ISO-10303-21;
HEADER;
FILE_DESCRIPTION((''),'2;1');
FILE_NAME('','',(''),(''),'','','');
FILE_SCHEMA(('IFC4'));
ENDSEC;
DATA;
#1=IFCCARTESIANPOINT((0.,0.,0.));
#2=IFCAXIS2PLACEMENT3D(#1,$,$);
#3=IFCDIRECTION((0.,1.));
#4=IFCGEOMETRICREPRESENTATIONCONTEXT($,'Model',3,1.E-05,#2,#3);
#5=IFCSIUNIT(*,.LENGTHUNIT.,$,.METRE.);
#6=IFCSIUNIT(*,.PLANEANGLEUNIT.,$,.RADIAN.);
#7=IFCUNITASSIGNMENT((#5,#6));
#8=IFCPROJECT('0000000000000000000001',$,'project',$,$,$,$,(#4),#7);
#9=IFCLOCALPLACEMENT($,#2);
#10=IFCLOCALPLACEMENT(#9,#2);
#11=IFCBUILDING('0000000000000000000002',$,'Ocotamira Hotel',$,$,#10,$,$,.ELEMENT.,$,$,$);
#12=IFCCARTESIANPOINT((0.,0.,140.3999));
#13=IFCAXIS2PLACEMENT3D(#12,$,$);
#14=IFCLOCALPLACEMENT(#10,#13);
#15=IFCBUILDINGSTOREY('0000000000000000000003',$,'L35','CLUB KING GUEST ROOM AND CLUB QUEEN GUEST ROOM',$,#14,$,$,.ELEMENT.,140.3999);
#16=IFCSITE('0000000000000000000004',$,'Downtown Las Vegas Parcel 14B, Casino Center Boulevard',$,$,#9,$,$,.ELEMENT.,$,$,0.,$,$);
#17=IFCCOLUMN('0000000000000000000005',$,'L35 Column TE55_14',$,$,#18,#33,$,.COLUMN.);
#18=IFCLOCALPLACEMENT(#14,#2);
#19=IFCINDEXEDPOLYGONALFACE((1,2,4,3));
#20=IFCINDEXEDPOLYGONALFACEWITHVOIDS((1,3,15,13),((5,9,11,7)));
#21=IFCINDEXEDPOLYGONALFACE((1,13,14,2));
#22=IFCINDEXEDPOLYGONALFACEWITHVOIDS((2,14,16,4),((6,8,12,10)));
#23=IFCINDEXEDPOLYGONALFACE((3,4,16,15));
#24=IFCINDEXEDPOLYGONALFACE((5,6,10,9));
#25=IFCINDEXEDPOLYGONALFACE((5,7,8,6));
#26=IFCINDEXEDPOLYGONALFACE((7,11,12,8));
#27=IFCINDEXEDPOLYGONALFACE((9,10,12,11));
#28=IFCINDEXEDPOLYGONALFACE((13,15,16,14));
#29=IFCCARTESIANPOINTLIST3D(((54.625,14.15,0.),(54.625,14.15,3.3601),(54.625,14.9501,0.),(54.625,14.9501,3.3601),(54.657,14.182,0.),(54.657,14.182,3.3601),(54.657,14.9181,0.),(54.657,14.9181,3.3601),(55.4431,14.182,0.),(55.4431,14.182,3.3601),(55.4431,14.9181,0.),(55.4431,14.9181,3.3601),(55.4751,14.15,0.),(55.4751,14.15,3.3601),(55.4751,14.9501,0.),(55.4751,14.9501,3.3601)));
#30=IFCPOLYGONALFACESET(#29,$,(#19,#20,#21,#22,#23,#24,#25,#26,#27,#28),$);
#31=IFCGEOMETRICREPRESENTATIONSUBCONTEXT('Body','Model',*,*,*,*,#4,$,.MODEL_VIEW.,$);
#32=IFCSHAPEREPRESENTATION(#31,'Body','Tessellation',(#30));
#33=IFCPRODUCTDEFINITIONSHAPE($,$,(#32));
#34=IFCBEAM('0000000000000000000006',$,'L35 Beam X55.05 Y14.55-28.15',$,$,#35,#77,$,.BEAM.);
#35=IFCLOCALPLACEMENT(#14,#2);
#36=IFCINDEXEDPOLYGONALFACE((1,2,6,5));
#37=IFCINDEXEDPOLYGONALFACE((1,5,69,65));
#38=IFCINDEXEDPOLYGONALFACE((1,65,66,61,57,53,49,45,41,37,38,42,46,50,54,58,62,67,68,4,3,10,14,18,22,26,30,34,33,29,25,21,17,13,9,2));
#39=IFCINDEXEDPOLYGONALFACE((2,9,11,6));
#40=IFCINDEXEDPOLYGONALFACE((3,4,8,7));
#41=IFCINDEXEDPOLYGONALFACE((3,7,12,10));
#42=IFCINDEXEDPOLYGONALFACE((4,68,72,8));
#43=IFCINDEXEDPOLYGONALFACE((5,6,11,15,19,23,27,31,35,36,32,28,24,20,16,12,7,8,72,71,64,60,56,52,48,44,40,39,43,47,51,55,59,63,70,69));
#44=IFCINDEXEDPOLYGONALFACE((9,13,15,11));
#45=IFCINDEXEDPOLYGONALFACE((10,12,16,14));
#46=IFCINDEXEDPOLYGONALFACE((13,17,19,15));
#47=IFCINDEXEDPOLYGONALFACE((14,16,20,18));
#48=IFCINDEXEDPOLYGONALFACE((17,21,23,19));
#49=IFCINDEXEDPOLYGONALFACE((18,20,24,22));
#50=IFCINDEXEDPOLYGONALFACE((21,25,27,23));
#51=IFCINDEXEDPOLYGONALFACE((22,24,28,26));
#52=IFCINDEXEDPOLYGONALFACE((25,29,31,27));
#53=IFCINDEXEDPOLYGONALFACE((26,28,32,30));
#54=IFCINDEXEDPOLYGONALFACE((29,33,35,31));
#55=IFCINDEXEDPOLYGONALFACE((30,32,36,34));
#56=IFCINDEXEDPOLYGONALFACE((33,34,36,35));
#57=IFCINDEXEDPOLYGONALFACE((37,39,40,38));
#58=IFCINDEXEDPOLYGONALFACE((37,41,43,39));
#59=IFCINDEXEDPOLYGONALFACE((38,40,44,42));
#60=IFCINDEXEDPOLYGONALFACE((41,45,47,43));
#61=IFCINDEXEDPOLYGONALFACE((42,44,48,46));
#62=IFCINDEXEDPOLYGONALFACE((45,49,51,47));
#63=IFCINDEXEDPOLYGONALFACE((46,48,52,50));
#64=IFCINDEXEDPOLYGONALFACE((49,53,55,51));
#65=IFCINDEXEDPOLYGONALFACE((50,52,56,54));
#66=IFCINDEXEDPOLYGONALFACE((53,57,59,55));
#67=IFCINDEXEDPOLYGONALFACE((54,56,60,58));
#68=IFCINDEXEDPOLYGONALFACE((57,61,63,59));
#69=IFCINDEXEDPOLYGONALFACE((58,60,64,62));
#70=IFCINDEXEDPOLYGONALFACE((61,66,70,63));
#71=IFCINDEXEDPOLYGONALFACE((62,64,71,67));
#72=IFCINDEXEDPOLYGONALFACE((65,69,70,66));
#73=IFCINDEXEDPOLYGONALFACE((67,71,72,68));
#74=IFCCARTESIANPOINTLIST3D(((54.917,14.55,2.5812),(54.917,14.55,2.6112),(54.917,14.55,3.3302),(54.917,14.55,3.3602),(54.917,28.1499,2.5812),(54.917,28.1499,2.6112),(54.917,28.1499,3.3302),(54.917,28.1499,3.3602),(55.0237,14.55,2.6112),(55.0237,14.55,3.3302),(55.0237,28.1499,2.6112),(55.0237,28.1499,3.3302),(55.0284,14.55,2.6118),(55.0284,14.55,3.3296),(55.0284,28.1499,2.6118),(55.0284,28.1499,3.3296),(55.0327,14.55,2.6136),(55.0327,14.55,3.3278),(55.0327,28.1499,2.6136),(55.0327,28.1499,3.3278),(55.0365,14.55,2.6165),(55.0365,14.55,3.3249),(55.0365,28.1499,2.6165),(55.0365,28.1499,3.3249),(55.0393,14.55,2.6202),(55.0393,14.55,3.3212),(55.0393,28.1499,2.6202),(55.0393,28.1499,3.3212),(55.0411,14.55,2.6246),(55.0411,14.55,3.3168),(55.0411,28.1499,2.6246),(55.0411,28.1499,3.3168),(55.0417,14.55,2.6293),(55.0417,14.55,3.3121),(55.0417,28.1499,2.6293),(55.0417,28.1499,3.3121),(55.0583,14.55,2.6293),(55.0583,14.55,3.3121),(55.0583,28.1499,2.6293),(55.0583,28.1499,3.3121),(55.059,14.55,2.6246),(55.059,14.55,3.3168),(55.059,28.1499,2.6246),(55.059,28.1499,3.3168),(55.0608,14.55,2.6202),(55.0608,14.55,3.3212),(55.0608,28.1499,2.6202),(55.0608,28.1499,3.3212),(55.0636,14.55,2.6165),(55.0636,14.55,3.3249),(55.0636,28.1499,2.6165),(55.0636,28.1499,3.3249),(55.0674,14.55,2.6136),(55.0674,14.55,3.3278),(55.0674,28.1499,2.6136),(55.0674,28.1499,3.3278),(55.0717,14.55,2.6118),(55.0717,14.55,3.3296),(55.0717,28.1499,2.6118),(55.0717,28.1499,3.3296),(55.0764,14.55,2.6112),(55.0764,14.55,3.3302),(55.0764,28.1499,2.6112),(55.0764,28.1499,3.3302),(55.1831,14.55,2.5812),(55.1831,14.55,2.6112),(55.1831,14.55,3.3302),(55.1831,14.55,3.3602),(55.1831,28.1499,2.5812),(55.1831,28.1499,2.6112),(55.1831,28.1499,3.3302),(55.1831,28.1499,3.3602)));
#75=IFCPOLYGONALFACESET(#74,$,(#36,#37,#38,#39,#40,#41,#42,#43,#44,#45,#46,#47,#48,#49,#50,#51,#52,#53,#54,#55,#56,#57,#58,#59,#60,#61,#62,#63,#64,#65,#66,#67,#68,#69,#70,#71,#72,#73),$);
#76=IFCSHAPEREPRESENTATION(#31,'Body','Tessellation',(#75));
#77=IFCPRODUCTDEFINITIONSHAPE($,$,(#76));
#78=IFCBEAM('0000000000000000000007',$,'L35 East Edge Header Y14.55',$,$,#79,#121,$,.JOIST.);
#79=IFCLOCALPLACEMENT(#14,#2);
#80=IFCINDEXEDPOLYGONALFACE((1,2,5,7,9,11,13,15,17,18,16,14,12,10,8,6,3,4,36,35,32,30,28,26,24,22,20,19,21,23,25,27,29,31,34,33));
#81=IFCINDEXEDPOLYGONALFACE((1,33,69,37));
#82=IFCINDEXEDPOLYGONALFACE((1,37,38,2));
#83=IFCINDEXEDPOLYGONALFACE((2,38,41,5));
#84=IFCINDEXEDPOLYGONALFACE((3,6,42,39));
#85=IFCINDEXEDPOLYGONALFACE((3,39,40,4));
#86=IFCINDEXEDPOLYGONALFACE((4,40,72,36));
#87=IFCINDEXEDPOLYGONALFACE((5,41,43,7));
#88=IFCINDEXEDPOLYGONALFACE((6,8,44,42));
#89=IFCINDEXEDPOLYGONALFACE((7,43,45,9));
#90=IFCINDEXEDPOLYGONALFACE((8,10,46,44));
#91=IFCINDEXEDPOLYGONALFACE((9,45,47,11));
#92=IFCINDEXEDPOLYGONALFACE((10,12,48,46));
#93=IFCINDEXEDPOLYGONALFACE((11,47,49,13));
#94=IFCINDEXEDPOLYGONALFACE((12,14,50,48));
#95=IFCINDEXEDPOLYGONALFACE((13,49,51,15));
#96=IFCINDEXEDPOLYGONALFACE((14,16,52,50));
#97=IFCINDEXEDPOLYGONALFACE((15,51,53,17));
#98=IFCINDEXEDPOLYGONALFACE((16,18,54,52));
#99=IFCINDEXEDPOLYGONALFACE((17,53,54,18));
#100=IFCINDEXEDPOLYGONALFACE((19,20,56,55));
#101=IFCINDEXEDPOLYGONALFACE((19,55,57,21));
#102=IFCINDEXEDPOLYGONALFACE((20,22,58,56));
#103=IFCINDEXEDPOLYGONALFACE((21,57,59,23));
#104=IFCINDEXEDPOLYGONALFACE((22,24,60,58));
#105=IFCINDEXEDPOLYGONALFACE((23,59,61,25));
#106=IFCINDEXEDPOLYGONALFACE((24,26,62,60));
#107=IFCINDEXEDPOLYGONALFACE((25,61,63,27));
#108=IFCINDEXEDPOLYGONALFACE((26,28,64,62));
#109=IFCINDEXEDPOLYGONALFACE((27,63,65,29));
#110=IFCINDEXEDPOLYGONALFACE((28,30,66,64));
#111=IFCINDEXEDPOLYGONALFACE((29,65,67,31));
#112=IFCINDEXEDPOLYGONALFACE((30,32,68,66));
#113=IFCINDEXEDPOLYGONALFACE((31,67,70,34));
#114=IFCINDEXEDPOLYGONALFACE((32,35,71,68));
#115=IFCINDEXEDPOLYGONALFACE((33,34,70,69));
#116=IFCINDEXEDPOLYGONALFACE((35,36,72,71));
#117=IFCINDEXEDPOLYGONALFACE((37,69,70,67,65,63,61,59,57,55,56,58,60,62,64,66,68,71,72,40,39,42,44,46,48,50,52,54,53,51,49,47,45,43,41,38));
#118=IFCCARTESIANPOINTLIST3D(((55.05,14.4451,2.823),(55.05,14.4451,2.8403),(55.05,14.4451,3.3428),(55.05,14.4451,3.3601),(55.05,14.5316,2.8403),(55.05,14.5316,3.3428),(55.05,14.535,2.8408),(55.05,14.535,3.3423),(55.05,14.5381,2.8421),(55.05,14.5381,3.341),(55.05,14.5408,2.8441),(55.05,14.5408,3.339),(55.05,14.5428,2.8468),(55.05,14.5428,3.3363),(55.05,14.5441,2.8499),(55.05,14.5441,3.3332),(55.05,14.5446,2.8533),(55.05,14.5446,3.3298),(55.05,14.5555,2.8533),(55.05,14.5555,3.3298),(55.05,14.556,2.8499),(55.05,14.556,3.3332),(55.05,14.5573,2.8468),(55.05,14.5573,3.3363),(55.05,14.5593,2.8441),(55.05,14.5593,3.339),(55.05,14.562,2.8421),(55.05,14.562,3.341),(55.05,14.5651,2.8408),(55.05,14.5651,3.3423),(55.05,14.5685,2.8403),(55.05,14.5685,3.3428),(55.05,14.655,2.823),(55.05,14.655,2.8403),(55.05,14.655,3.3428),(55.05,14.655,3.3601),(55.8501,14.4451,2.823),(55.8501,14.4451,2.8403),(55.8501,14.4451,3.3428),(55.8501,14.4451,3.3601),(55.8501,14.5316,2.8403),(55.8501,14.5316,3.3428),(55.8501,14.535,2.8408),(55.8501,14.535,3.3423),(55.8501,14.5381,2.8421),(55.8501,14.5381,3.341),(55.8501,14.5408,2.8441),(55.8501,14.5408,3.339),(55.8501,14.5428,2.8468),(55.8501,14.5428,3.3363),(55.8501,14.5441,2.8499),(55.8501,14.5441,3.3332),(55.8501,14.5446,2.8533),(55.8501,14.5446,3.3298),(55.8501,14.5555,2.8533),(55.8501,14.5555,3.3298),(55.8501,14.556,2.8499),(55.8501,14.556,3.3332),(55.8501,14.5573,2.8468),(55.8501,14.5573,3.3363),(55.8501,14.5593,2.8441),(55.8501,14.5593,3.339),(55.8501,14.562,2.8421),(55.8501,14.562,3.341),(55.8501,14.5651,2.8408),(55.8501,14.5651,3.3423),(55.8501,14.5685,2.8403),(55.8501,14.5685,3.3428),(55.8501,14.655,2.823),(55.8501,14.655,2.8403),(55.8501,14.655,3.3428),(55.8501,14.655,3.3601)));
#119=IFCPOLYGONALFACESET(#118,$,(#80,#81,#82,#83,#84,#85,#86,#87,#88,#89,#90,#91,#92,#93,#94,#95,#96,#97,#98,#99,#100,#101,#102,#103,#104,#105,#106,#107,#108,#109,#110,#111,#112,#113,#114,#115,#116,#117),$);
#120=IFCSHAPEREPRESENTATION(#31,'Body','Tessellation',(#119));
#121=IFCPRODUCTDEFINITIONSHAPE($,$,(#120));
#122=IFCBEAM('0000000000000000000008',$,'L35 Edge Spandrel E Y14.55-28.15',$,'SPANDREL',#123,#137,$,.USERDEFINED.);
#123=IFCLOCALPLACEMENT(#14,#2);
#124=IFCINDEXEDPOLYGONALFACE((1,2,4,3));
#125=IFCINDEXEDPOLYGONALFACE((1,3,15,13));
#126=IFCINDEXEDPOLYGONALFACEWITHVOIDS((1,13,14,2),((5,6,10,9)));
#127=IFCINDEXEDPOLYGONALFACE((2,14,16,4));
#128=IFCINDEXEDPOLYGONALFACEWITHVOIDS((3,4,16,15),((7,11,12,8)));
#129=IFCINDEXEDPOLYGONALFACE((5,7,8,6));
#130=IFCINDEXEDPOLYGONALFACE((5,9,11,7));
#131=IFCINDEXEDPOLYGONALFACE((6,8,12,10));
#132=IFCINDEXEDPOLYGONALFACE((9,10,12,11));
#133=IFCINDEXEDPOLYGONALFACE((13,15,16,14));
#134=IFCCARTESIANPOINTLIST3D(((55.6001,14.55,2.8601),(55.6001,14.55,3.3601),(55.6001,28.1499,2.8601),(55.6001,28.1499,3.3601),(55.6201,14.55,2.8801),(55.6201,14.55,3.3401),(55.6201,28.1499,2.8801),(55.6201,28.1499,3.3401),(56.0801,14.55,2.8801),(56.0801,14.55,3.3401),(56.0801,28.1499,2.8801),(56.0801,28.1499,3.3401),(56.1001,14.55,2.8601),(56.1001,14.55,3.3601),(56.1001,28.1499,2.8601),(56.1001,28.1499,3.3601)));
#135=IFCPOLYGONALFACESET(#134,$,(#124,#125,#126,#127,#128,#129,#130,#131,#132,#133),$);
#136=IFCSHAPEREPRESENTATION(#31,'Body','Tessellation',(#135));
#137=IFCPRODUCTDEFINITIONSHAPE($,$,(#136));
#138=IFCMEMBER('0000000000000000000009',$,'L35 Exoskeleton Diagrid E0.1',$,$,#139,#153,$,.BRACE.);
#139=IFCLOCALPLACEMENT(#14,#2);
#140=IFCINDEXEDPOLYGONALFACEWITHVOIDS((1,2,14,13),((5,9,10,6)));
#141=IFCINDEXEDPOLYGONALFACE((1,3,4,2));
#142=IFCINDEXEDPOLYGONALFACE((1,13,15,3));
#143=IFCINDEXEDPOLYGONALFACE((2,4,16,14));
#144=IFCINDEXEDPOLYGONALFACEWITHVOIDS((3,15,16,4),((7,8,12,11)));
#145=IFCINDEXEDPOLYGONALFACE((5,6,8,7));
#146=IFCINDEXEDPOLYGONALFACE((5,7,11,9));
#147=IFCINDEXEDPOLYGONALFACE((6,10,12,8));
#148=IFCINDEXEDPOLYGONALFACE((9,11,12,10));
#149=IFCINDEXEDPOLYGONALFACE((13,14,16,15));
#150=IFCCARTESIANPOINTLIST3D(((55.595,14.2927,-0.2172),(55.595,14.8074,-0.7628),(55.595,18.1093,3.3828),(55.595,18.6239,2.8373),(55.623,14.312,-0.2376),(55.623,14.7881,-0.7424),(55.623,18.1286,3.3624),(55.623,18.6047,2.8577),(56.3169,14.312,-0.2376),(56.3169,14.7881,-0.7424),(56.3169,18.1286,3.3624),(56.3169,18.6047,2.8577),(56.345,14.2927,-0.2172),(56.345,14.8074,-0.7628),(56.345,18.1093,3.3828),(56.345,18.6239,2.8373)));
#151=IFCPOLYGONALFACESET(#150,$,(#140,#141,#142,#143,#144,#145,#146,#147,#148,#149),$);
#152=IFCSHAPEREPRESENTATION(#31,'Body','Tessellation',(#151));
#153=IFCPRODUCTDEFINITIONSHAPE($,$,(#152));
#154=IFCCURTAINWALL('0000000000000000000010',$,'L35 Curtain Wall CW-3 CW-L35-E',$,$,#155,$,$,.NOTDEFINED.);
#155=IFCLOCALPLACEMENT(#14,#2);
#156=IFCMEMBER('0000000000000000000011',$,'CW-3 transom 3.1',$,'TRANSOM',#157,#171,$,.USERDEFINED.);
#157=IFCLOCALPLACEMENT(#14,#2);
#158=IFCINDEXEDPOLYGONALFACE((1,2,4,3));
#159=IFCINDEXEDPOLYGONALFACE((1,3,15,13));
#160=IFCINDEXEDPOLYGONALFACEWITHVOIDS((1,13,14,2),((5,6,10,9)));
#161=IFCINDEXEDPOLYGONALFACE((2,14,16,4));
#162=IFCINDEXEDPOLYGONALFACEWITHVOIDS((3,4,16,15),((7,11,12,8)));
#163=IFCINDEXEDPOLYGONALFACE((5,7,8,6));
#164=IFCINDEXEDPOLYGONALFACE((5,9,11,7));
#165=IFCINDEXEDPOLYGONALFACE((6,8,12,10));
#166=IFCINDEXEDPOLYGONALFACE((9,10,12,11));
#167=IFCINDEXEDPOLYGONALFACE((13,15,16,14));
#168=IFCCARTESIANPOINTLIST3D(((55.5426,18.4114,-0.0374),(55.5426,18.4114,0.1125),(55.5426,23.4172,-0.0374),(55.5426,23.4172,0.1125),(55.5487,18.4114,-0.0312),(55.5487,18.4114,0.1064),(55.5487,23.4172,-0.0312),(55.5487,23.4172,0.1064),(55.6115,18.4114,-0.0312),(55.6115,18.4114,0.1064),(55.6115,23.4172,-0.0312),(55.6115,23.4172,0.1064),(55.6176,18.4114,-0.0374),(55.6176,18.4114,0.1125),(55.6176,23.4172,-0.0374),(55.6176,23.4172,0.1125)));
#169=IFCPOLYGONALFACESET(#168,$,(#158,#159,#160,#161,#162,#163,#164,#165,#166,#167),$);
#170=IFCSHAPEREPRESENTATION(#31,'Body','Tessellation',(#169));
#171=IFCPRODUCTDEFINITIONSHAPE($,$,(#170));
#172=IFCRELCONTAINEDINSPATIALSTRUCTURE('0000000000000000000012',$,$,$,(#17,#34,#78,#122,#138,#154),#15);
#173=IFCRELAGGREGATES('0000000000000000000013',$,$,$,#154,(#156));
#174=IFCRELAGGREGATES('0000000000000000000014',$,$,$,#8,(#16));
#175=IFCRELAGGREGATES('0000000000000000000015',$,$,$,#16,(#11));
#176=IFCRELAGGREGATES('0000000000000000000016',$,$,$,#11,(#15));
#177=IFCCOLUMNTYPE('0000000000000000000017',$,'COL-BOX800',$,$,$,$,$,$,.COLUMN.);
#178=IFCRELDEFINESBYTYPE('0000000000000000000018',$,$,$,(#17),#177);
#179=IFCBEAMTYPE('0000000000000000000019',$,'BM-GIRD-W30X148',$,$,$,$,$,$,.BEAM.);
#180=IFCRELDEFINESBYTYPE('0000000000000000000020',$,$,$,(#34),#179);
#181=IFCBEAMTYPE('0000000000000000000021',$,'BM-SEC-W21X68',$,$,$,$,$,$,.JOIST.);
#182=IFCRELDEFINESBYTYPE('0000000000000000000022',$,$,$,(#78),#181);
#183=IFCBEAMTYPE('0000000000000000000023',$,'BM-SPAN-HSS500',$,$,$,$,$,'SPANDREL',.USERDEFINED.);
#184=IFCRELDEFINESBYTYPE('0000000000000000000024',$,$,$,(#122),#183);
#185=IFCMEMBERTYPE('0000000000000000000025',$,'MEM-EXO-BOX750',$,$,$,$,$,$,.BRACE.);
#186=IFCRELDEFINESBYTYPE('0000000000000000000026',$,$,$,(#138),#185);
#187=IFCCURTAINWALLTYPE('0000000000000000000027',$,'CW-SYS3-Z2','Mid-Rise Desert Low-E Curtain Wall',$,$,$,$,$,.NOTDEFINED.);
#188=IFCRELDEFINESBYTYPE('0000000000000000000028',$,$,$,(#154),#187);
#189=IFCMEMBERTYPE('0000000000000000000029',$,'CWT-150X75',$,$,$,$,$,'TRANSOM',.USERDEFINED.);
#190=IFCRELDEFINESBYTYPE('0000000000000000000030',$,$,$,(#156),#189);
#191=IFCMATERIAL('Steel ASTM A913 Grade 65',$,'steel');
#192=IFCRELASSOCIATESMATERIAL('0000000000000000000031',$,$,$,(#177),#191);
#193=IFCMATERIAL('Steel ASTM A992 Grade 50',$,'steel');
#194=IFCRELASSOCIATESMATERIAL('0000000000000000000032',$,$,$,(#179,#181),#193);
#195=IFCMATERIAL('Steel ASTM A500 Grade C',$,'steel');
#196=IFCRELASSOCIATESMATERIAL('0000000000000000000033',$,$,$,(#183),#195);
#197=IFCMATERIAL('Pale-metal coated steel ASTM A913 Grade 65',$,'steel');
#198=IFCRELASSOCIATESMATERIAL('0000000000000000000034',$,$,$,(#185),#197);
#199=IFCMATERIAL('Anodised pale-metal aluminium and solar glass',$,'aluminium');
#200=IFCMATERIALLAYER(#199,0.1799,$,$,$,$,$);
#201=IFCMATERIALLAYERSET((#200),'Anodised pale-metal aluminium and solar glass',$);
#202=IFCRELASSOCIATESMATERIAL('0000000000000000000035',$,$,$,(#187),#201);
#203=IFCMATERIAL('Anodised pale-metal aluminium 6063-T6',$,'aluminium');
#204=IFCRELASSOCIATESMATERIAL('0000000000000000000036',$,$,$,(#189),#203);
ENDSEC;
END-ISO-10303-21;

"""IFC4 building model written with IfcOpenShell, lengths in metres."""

from ifc_helpers import new_model, si_unit, direction, frame, origin, origin_2d, place, context, subcontext, project, spatial, hollow_rectangle, i_section, extrude, source, transform, mapped, material, layer, layer_set, material_profile, profile_set, type_object, element, aggregate, save


model = new_model("IFC4")

# Units and contexts
model_context = context("Model", 3, precision=1e-05, world=origin(), true_north=direction((0.0, 1.0)))
body_context = subcontext(model_context, "Body", "Model", "MODEL_VIEW")
ifc_project = project(units=[si_unit("LENGTHUNIT", "METRE"), si_unit("PLANEANGLEUNIT", "RADIAN")], contexts=[model_context])

# Site, building, storey
site_placement = place(None, origin())
site = spatial("IfcSite", under=ifc_project, at=site_placement, Name="Downtown Las Vegas Parcel 14B, Casino Center Boulevard", CompositionType="ELEMENT", RefElevation=0.0)
building_placement = place(site_placement, origin())
building = spatial("IfcBuilding", under=site, at=building_placement, Name="Ocotamira Hotel", CompositionType="ELEMENT")
storey_placement = place(building_placement, frame((0.0, 0.0, 140.3999)))
storey = spatial("IfcBuildingStorey", under=building, at=storey_placement, Name="L35", Description="CLUB KING GUEST ROOM AND CLUB QUEEN GUEST ROOM", CompositionType="ELEMENT", Elevation=140.3999)

# Column
ifc_material_1 = material(Name="Steel ASTM A913 Grade 65", Category="steel")
ifc_material_profile_1 = material_profile(ifc_material_1, hollow_rectangle(XDim=0.8501, YDim=0.8, WallThickness=0.032, at=origin_2d()), Name="BOX800X850X32")
ifc_profile_set_1 = profile_set([ifc_material_profile_1], Name="Steel ASTM A913 Grade 65")
column_type = type_object("IfcColumnType", Name="COL-BOX800", PredefinedType="COLUMN", material=ifc_profile_set_1)
shared_shape_1 = source(origin(), body_context, "Body", "SweptSolid", [
    extrude(hollow_rectangle(XDim=0.8501, YDim=0.8, WallThickness=0.032, at=origin_2d()), origin(), (0.0, 0.0, 1.0), 3.3601),
])
column_placement = place(storey_placement, frame((55.05, 14.55, 0.0), z_axis=(0.0, 0.0, 1.0), x_axis=(1.0, 0.0, 0.0)))
element("IfcColumn", 1, at=column_placement, inside=storey, type_object=column_type, Name="L35 Column TE55_14", PredefinedType="COLUMN", context=body_context, shape_type="MappedRepresentation", body=[
    mapped(shared_shape_1, transform((0.0, 0.0, 0.0), scale=1.0)),
])

# Beams
ifc_material_2 = material(Name="Steel ASTM A992 Grade 50", Category="steel")
ifc_material_profile_2 = material_profile(ifc_material_2, i_section(OverallWidth=0.2661, OverallDepth=0.7791, WebThickness=0.0166, FlangeThickness=0.03, FilletRadius=0.0181, at=origin_2d()), Name="W30X148")
ifc_profile_set_2 = profile_set([ifc_material_profile_2], Name="Steel ASTM A992 Grade 50")
beam_type_1 = type_object("IfcBeamType", Name="BM-GIRD-W30X148", PredefinedType="BEAM", material=ifc_profile_set_2)
shared_shape_2 = source(origin(), body_context, "Body", "SweptSolid", [
    extrude(i_section(OverallWidth=0.2661, OverallDepth=0.7791, WebThickness=0.0166, FlangeThickness=0.03, FilletRadius=0.0181, at=origin_2d()), origin(), (0.0, 0.0, 1.0), 13.5999),
])
beam_1_placement = place(storey_placement, frame((55.05, 14.55, 2.9707), z_axis=(0.0, 1.0, 0.0), x_axis=(-1.0, 0.0, 0.0)))
element("IfcBeam", 2, at=beam_1_placement, inside=storey, type_object=beam_type_1, Name="L35 Beam X55.05 Y14.55-28.15", PredefinedType="BEAM", context=body_context, shape_type="MappedRepresentation", body=[
    mapped(shared_shape_2, transform((0.0, 0.0, 0.0), scale=1.0)),
])
ifc_material_profile_3 = material_profile(ifc_material_2, i_section(OverallWidth=0.21, OverallDepth=0.5371, WebThickness=0.011, FlangeThickness=0.0173, FilletRadius=0.0129, at=origin_2d()), Name="W21X68")
ifc_profile_set_3 = profile_set([ifc_material_profile_3], Name="Steel ASTM A992 Grade 50")
beam_type_2 = type_object("IfcBeamType", Name="BM-SEC-W21X68", PredefinedType="JOIST", material=ifc_profile_set_3)
shared_shape_3 = source(origin(), body_context, "Body", "SweptSolid", [
    extrude(i_section(OverallWidth=0.21, OverallDepth=0.5371, WebThickness=0.011, FlangeThickness=0.0173, FilletRadius=0.0129, at=origin_2d()), origin(), (0.0, 0.0, 1.0), 0.8),
])
beam_2_placement = place(storey_placement, frame((55.05, 14.55, 3.0916), z_axis=(1.0, 0.0, 0.0), x_axis=(0.0, 1.0, 0.0)))
element("IfcBeam", 3, at=beam_2_placement, inside=storey, type_object=beam_type_2, Name="L35 East Edge Header Y14.55", PredefinedType="JOIST", context=body_context, shape_type="MappedRepresentation", body=[
    mapped(shared_shape_3, transform((0.0, 0.0, 0.0), scale=1.0)),
])
ifc_material_3 = material(Name="Steel ASTM A500 Grade C", Category="steel")
ifc_material_profile_4 = material_profile(ifc_material_3, hollow_rectangle(XDim=0.5, YDim=0.5, WallThickness=0.02, at=origin_2d()), Name="HSS500X500X20")
ifc_profile_set_4 = profile_set([ifc_material_profile_4], Name="Steel ASTM A500 Grade C")
beam_type_3 = type_object("IfcBeamType", Name="BM-SPAN-HSS500", ElementType="SPANDREL", PredefinedType="USERDEFINED", material=ifc_profile_set_4)
shared_shape_4 = source(origin(), body_context, "Body", "SweptSolid", [
    extrude(hollow_rectangle(XDim=0.5, YDim=0.5, WallThickness=0.02, at=origin_2d()), origin(), (0.0, 0.0, 1.0), 13.5999),
])
beam_3_placement = place(storey_placement, frame((55.8501, 14.55, 3.1101), z_axis=(0.0, 1.0, 0.0), x_axis=(-1.0, 0.0, 0.0)))
element("IfcBeam", 4, at=beam_3_placement, inside=storey, type_object=beam_type_3, Name="L35 Edge Spandrel E Y14.55-28.15", ObjectType="SPANDREL", PredefinedType="USERDEFINED", context=body_context, shape_type="MappedRepresentation", body=[
    mapped(shared_shape_4, transform((0.0, 0.0, 0.0), scale=1.0)),
])

# Member
ifc_material_4 = material(Name="Pale-metal coated steel ASTM A913 Grade 65", Category="steel")
ifc_material_profile_5 = material_profile(ifc_material_4, hollow_rectangle(XDim=0.75, YDim=0.75, WallThickness=0.0281, at=origin_2d()), Name="BOX750X750X28")
ifc_profile_set_5 = profile_set([ifc_material_profile_5], Name="Pale-metal coated steel ASTM A913 Grade 65")
member_type_1 = type_object("IfcMemberType", Name="MEM-EXO-BOX750", PredefinedType="BRACE", material=ifc_profile_set_5)
shared_shape_5 = source(origin(), body_context, "Body", "SweptSolid", [
    extrude(hollow_rectangle(XDim=0.75, YDim=0.75, WallThickness=0.0281, at=origin_2d()), origin(), (0.0, 0.0, 1.0), 5.2466),
])
member_1_placement = place(storey_placement, frame((55.97, 14.55, -0.49), z_axis=(0.0, 0.727443, 0.686168), x_axis=(-1.0, 0.0, 0.0)))
element("IfcMember", 5, at=member_1_placement, inside=storey, type_object=member_type_1, Name="L35 Exoskeleton Diagrid E0.1", PredefinedType="BRACE", context=body_context, shape_type="MappedRepresentation", body=[
    mapped(shared_shape_5, transform((0.0, 0.0, 0.0), scale=1.0)),
])

# Curtain wall, member
ifc_material_5 = material(Name="Anodised pale-metal aluminium and solar glass", Category="aluminium")
ifc_layer_1 = layer(ifc_material_5, 0.1799)
ifc_layer_set_1 = layer_set([ifc_layer_1], Name="Anodised pale-metal aluminium and solar glass")
curtain_wall_type = type_object("IfcCurtainWallType", Name="CW-SYS3-Z2", Description="Mid-Rise Desert Low-E Curtain Wall", PredefinedType="NOTDEFINED", material=ifc_layer_set_1)
curtain_wall_placement = place(storey_placement, origin())
curtain_wall = element("IfcCurtainWall", 6, at=curtain_wall_placement, inside=storey, type_object=curtain_wall_type, Name="L35 Curtain Wall CW-3 CW-L35-E", PredefinedType="NOTDEFINED")
ifc_material_6 = material(Name="Anodised pale-metal aluminium 6063-T6", Category="aluminium")
ifc_material_profile_6 = material_profile(ifc_material_6, hollow_rectangle(XDim=0.075, YDim=0.1499, WallThickness=0.0061, at=origin_2d()), Name="HSS150X75X6")
ifc_profile_set_6 = profile_set([ifc_material_profile_6], Name="Anodised pale-metal aluminium 6063-T6")
member_type_2 = type_object("IfcMemberType", Name="CWT-150X75", ElementType="TRANSOM", PredefinedType="USERDEFINED", material=ifc_profile_set_6)
shared_shape_6 = source(origin(), body_context, "Body", "SweptSolid", [
    extrude(hollow_rectangle(XDim=0.075, YDim=0.1499, WallThickness=0.0061, at=origin_2d()), origin(), (0.0, 0.0, 1.0), 5.0059),
])
member_2_placement = place(storey_placement, frame((55.5801, 18.4114, 0.0376), z_axis=(0.0, 1.0, 0.0), x_axis=(-1.0, 0.0, 0.0)))
member_2 = element("IfcMember", 7, at=member_2_placement, type_object=member_type_2, Name="CW-3 transom 3.1", ObjectType="TRANSOM", PredefinedType="USERDEFINED", context=body_context, shape_type="MappedRepresentation", body=[
    mapped(shared_shape_6, transform((0.0, 0.0, 0.0), scale=1.0)),
])

aggregate(curtain_wall, [member_2])

save(model, "model.ifc")
